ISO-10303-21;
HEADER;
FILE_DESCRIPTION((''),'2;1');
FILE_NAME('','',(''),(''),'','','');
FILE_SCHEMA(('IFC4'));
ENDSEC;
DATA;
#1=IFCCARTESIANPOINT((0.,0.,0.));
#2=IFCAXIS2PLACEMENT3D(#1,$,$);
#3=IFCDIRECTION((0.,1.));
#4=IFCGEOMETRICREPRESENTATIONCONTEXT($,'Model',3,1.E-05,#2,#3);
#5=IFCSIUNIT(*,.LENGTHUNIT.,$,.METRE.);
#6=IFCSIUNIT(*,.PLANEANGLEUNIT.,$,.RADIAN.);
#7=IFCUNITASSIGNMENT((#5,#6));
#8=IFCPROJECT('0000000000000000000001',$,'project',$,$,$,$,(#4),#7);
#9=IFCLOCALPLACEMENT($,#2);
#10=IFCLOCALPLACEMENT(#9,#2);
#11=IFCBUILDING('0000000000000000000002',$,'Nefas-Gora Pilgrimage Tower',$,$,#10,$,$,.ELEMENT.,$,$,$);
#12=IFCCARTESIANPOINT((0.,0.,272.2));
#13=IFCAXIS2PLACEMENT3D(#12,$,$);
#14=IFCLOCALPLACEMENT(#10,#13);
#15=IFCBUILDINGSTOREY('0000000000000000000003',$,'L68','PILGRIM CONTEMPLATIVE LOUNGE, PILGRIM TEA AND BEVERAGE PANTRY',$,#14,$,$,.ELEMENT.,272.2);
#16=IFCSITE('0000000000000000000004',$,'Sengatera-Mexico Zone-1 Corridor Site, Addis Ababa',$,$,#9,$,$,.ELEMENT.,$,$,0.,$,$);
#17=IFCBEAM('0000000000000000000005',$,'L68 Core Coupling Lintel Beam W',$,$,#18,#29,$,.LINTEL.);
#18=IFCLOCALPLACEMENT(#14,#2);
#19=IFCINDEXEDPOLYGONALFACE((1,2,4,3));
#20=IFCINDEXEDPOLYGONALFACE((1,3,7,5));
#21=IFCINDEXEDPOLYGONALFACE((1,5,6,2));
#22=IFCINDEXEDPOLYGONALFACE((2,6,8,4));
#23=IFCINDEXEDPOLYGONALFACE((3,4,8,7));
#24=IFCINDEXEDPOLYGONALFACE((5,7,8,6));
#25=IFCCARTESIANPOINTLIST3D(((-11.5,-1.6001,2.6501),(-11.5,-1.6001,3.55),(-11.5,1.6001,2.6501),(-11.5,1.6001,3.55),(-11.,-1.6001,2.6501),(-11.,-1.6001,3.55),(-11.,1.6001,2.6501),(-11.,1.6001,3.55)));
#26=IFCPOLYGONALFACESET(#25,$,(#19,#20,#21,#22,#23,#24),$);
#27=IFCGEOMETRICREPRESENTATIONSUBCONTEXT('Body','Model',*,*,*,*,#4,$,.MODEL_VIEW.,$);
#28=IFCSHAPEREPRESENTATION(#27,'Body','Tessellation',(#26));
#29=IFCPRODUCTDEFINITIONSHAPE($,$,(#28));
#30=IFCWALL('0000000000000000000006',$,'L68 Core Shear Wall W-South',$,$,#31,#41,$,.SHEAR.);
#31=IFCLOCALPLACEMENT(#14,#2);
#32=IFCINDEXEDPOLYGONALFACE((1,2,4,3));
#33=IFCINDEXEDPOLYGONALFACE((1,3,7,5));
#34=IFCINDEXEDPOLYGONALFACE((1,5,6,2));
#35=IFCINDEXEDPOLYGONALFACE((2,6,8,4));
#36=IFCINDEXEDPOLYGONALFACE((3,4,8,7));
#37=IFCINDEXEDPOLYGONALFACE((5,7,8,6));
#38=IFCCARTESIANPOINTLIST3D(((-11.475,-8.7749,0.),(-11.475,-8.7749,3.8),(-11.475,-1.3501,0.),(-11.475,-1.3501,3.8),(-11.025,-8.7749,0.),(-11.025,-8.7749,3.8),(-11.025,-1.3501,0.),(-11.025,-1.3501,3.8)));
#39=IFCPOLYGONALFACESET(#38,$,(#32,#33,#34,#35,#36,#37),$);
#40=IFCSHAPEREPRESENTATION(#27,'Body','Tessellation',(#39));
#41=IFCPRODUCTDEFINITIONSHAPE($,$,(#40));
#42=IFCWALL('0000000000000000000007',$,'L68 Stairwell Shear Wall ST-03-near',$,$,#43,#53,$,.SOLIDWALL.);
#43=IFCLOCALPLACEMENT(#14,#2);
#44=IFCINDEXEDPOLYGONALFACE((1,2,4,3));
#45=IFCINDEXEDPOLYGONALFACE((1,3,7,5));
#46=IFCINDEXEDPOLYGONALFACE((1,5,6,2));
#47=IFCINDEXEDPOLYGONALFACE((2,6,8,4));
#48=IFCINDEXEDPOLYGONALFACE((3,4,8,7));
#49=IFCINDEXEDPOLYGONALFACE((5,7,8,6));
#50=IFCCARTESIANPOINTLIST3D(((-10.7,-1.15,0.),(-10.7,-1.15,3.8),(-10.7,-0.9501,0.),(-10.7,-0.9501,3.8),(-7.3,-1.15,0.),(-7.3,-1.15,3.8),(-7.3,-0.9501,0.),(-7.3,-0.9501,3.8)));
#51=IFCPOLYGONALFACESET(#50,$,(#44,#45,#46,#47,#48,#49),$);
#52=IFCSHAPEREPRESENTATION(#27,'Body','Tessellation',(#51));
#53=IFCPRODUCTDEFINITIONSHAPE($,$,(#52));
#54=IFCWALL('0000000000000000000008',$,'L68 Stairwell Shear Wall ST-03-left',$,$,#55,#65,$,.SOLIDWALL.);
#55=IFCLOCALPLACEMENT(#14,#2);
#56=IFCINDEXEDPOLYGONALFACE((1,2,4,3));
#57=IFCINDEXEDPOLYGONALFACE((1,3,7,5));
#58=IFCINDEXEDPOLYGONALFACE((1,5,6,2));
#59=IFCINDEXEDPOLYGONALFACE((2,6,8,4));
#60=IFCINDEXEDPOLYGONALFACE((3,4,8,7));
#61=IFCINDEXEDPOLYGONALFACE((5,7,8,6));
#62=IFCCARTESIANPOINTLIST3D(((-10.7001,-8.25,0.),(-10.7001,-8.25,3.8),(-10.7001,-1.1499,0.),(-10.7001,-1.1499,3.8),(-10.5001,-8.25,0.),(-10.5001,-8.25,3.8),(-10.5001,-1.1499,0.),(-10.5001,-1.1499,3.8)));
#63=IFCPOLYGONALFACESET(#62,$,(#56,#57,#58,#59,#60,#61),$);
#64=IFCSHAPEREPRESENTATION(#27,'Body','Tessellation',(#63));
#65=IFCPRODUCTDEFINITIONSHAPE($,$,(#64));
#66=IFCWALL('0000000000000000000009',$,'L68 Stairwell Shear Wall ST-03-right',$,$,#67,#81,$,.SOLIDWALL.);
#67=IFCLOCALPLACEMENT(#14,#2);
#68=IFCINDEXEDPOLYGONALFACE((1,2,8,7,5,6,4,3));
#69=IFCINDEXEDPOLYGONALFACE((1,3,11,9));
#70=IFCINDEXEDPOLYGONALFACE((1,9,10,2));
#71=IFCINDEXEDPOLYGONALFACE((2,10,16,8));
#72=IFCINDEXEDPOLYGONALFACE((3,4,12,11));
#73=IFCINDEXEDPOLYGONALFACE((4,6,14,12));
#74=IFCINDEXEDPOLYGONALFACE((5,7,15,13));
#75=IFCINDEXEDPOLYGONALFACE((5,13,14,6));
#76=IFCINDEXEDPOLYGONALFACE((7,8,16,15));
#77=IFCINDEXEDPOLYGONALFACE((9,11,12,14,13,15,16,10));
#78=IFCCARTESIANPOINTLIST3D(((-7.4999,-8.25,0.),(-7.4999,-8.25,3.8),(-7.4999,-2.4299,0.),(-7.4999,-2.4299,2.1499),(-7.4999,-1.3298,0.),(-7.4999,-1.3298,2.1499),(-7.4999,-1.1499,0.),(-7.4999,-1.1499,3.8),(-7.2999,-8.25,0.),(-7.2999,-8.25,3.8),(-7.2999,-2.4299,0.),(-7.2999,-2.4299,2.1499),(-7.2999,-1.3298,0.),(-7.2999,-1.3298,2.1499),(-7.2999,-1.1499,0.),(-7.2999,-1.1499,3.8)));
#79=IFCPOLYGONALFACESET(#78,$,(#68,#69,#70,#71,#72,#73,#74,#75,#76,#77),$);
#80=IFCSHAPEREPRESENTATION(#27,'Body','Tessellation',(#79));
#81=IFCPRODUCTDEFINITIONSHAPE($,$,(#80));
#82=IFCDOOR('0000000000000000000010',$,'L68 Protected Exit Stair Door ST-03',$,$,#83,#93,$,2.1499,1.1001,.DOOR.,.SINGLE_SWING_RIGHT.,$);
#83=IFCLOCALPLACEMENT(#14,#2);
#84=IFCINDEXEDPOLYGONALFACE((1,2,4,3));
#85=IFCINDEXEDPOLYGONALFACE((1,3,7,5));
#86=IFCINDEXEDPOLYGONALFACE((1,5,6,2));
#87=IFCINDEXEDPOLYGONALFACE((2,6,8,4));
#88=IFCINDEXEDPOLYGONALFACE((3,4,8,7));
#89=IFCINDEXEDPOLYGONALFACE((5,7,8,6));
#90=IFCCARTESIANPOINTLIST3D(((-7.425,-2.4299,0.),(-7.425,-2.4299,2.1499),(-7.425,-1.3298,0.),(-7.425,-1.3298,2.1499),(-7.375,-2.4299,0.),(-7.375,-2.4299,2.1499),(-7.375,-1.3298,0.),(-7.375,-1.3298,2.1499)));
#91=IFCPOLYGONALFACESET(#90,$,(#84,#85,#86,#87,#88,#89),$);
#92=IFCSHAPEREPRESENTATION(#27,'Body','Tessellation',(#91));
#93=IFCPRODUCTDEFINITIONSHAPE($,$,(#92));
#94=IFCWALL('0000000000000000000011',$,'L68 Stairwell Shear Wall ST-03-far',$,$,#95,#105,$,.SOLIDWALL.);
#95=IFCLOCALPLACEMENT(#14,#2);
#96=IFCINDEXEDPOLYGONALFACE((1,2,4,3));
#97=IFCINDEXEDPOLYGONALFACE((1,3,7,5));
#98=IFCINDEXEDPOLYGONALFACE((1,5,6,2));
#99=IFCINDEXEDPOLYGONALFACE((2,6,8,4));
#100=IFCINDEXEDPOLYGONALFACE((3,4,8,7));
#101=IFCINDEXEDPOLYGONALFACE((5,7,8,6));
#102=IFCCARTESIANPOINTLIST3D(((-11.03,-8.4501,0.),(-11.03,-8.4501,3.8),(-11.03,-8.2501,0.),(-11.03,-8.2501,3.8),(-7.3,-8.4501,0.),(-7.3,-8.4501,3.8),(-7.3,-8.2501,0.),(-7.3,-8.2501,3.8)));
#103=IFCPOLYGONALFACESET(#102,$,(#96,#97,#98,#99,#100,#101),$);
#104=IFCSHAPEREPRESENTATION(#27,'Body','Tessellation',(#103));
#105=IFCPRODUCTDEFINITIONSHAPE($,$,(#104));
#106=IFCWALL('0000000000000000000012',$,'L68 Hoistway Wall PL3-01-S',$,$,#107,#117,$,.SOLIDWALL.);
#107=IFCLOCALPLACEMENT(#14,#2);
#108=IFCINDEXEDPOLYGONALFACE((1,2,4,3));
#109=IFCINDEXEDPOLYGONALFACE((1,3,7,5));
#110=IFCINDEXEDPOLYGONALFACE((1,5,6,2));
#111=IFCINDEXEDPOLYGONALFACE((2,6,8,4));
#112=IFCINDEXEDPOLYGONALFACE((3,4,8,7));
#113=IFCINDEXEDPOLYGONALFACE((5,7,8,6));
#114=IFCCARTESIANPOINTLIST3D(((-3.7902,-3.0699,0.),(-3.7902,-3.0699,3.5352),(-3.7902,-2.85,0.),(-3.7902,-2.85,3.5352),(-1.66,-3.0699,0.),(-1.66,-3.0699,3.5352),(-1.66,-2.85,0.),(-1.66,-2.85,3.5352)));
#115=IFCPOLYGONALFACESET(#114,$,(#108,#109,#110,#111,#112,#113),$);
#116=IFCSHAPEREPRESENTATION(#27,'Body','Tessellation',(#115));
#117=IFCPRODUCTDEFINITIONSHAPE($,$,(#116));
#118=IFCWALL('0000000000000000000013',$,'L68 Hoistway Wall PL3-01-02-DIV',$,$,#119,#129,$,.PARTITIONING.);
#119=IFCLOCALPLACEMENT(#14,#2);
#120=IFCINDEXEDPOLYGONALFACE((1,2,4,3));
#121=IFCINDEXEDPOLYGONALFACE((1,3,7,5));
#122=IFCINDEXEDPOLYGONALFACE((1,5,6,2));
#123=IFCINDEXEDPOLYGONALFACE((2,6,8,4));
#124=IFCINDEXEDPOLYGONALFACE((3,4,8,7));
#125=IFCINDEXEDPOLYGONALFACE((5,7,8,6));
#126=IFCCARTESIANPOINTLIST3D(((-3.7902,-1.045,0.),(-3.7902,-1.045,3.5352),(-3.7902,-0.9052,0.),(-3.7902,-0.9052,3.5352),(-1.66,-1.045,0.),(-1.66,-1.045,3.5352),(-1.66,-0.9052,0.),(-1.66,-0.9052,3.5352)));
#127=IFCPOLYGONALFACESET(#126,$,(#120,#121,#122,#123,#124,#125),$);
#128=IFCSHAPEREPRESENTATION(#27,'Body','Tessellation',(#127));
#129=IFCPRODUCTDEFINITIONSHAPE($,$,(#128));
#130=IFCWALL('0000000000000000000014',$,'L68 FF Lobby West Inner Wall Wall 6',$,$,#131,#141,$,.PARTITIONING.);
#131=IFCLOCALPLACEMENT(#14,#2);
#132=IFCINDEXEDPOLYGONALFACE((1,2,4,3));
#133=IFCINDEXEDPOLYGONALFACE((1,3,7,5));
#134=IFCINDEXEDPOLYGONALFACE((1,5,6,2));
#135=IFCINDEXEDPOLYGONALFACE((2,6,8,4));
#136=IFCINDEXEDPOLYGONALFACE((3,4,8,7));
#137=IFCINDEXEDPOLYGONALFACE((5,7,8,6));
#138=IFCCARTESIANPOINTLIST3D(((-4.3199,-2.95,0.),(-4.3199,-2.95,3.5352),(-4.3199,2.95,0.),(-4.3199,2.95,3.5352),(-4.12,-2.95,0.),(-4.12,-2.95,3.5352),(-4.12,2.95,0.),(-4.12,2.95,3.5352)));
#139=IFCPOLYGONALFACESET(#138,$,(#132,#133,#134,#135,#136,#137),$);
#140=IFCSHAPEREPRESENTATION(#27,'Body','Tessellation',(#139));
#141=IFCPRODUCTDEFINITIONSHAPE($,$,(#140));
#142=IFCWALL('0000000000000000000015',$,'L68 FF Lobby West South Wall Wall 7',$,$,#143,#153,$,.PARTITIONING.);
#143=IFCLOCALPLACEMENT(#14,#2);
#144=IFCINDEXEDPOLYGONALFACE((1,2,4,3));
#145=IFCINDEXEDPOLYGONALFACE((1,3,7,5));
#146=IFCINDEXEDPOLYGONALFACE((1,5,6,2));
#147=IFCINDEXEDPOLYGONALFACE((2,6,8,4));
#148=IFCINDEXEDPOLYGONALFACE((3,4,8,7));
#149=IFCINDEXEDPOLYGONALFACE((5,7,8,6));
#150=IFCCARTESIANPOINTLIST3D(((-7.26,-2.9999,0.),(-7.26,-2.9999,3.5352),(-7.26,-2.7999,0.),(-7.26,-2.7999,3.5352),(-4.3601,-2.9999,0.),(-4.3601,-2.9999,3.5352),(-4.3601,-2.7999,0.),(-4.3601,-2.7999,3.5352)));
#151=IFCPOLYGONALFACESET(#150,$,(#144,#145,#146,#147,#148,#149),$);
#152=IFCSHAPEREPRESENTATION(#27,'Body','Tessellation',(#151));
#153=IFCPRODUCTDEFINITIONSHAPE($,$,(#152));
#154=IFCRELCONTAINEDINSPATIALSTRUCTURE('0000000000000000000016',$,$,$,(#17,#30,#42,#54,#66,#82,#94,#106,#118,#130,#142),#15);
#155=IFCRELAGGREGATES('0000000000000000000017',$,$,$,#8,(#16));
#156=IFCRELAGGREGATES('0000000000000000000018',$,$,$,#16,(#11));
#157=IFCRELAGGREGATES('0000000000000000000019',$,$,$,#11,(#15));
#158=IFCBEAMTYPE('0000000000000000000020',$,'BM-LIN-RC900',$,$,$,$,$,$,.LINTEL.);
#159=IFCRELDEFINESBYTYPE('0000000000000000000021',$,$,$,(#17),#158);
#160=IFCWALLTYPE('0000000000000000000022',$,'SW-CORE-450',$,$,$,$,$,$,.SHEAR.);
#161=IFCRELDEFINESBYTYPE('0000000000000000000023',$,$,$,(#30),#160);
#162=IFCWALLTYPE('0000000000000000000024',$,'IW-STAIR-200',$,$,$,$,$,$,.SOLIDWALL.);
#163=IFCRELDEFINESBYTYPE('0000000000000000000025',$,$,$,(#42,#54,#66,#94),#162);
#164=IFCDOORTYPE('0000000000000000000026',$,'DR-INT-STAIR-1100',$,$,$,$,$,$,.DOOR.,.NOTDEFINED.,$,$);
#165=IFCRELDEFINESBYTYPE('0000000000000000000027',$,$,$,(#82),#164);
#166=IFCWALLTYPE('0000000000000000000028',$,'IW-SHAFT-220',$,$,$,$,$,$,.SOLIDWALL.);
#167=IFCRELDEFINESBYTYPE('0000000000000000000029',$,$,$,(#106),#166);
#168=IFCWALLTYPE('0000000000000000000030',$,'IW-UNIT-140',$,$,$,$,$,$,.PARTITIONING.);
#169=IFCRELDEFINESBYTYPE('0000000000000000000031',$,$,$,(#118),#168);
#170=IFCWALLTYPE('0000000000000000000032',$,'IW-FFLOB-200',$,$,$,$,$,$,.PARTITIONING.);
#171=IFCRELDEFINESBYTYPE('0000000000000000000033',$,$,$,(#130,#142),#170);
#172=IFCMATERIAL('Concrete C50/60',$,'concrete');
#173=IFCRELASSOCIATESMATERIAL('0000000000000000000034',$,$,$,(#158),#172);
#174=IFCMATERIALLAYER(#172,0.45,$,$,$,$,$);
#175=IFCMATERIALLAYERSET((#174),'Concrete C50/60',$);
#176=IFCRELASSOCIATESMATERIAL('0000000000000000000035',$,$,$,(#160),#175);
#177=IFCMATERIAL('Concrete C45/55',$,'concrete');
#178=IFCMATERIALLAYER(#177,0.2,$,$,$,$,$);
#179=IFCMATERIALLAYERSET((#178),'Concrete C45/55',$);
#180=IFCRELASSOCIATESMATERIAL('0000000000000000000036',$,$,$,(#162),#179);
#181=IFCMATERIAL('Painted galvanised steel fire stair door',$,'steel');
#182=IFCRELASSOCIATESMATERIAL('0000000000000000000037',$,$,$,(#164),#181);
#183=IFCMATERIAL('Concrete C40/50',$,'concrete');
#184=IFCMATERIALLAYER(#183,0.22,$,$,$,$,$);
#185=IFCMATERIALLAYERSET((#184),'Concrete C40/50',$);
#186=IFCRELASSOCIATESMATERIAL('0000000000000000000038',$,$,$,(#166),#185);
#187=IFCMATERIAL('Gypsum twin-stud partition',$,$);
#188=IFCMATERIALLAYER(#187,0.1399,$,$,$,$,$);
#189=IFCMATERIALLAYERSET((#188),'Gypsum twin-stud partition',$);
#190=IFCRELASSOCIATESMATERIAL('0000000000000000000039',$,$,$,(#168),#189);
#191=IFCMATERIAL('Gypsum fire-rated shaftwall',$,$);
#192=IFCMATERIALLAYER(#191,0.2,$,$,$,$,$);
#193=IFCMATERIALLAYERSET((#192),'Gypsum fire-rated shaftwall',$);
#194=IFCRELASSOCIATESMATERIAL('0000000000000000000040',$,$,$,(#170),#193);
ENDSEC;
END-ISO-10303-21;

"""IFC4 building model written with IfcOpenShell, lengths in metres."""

from ifc_helpers import new_model, si_unit, direction, frame, frame_2d, origin, origin_2d, place, context, subcontext, project, spatial, rectangle, extrude, source, transform, mapped, material, layer, layer_set, material_profile, profile_set, type_object, element, fill, save


model = new_model("IFC4")

# Units and contexts
model_context = context("Model", 3, precision=1e-05, world=origin(), true_north=direction((0.0, 1.0)))
body_context = subcontext(model_context, "Body", "Model", "MODEL_VIEW")
ifc_project = project(units=[si_unit("LENGTHUNIT", "METRE"), si_unit("PLANEANGLEUNIT", "RADIAN")], contexts=[model_context])

# Site, building, storey
site_placement = place(None, origin())
site = spatial("IfcSite", under=ifc_project, at=site_placement, Name="Sengatera-Mexico Zone-1 Corridor Site, Addis Ababa", CompositionType="ELEMENT", RefElevation=0.0)
building_placement = place(site_placement, origin())
building = spatial("IfcBuilding", under=site, at=building_placement, Name="Nefas-Gora Pilgrimage Tower", CompositionType="ELEMENT")
storey_placement = place(building_placement, frame((0.0, 0.0, 272.2)))
storey = spatial("IfcBuildingStorey", under=building, at=storey_placement, Name="L68", Description="PILGRIM CONTEMPLATIVE LOUNGE, PILGRIM TEA AND BEVERAGE PANTRY", CompositionType="ELEMENT", Elevation=272.2)

# Beam
ifc_material_1 = material(Name="Concrete C50/60", Category="concrete")
ifc_material_profile = material_profile(ifc_material_1, rectangle(XDim=0.5, YDim=0.8999, at=origin_2d()), Name="RC 500x900")
ifc_profile_set = profile_set([ifc_material_profile], Name="Concrete C50/60")
beam_type = type_object("IfcBeamType", Name="BM-LIN-RC900", PredefinedType="LINTEL", material=ifc_profile_set)
shared_shape_1 = source(origin(), body_context, "Body", "SweptSolid", [
    extrude(rectangle(XDim=0.5, YDim=0.8999, at=origin_2d()), origin(), (0.0, 0.0, 1.0), 3.2002),
])
beam_placement = place(storey_placement, frame((-11.25, -1.6001, 3.1001), z_axis=(0.0, 1.0, 0.0), x_axis=(-1.0, 0.0, 0.0)))
element("IfcBeam", 1, at=beam_placement, inside=storey, type_object=beam_type, Name="L68 Core Coupling Lintel Beam W", PredefinedType="LINTEL", context=body_context, shape_type="MappedRepresentation", body=[
    mapped(shared_shape_1, transform((0.0, 0.0, 0.0), x_axis=(1.0, 0.0, 0.0), y_axis=(0.0, 1.0, 0.0), z_axis=(0.0, 0.0, 1.0), scale=1.0)),
])

# Walls
ifc_layer_1 = layer(ifc_material_1, 0.45)
ifc_layer_set_1 = layer_set([ifc_layer_1], Name="Concrete C50/60")
wall_type_1 = type_object("IfcWallType", Name="SW-CORE-450", PredefinedType="SHEAR", material=ifc_layer_set_1)
shared_shape_2 = source(origin(), body_context, "Body", "SweptSolid", [
    extrude(rectangle(XDim=7.4248, YDim=0.45, at=frame_2d((3.7124, 0.0))), origin(), (0.0, 0.0, 1.0), 3.8),
])
wall_1_placement = place(storey_placement, frame((-11.25, -8.7749, 0.0), z_axis=(0.0, 0.0, 1.0), x_axis=(0.0, 1.0, 0.0)))
element("IfcWall", 2, at=wall_1_placement, inside=storey, type_object=wall_type_1, Name="L68 Core Shear Wall W-South", PredefinedType="SHEAR", context=body_context, shape_type="MappedRepresentation", body=[
    mapped(shared_shape_2, transform((0.0, 0.0, 0.0), x_axis=(1.0, 0.0, 0.0), y_axis=(0.0, 1.0, 0.0), z_axis=(0.0, 0.0, 1.0), scale=1.0)),
])
ifc_material_2 = material(Name="Concrete C45/55", Category="concrete")
ifc_layer_2 = layer(ifc_material_2, 0.2)
ifc_layer_set_2 = layer_set([ifc_layer_2], Name="Concrete C45/55")
wall_type_2 = type_object("IfcWallType", Name="IW-STAIR-200", PredefinedType="SOLIDWALL", material=ifc_layer_set_2)
shared_shape_3 = source(origin(), body_context, "Body", "SweptSolid", [
    extrude(rectangle(XDim=3.3999, YDim=0.2, at=frame_2d((1.7, 0.0))), origin(), (0.0, 0.0, 1.0), 3.8),
])
wall_2_placement = place(storey_placement, frame((-10.7, -1.05, 0.0), z_axis=(0.0, 0.0, 1.0), x_axis=(1.0, 0.0, 0.0)))
element("IfcWall", 3, at=wall_2_placement, inside=storey, type_object=wall_type_2, Name="L68 Stairwell Shear Wall ST-03-near", PredefinedType="SOLIDWALL", context=body_context, shape_type="MappedRepresentation", body=[
    mapped(shared_shape_3, transform((0.0, 0.0, 0.0), x_axis=(1.0, 0.0, 0.0), y_axis=(0.0, 1.0, 0.0), z_axis=(0.0, 0.0, 1.0), scale=1.0)),
])
shared_shape_4 = source(origin(), body_context, "Body", "SweptSolid", [
    extrude(rectangle(XDim=7.1001, YDim=0.2, at=frame_2d((3.55, 0.0))), origin(), (0.0, 0.0, 1.0), 3.8),
])
wall_3_placement = place(storey_placement, frame((-10.6001, -1.1499, 0.0), z_axis=(0.0, 0.0, 1.0), x_axis=(0.0, -1.0, 0.0)))
element("IfcWall", 4, at=wall_3_placement, inside=storey, type_object=wall_type_2, Name="L68 Stairwell Shear Wall ST-03-left", PredefinedType="SOLIDWALL", context=body_context, shape_type="MappedRepresentation", body=[
    mapped(shared_shape_4, transform((0.0, 0.0, 0.0), x_axis=(1.0, 0.0, 0.0), y_axis=(0.0, 1.0, 0.0), z_axis=(0.0, 0.0, 1.0), scale=1.0)),
])

# Wall, opening, door
wall_4_placement = place(storey_placement, frame((-7.3999, -1.1499, 0.0), z_axis=(0.0, 0.0, 1.0), x_axis=(0.0, -1.0, 0.0)))
wall_4 = element("IfcWall", 5, at=wall_4_placement, inside=storey, type_object=wall_type_2, Name="L68 Stairwell Shear Wall ST-03-right", PredefinedType="SOLIDWALL", context=body_context, shape_type="MappedRepresentation", body=[
    mapped(shared_shape_4, transform((0.0, 0.0, 0.0), x_axis=(1.0, 0.0, 0.0), y_axis=(0.0, 1.0, 0.0), z_axis=(0.0, 0.0, 1.0), scale=1.0)),
])
opening_placement = place(wall_4_placement, frame((0.1799, 0.0, 0.0)))
opening = element("IfcOpeningElement", 6, at=opening_placement, cuts=wall_4, PredefinedType="OPENING", context=body_context, shape_type="SweptSolid", body=[
    extrude(rectangle(XDim=1.1001, YDim=2.1499, at=frame_2d((0.55, 1.075))), frame((0.0, 0.1099, 0.0), z_axis=(0.0, -1.0, 0.0), x_axis=(1.0, 0.0, 0.0)), (0.0, 0.0, 1.0), 0.22),
])
ifc_material_3 = material(Name="Painted galvanised steel fire stair door", Category="steel")
door_type = type_object("IfcDoorType", Name="DR-INT-STAIR-1100", OperationType="NOTDEFINED", PredefinedType="DOOR", material=ifc_material_3)
shared_shape_5 = source(origin(), body_context, "Body", "SweptSolid", [
    extrude(rectangle(XDim=1.1001, YDim=2.1499, at=frame_2d((0.55, 1.075))), frame((0.0, 0.0249, 0.0), z_axis=(0.0, -1.0, 0.0), x_axis=(1.0, 0.0, 0.0)), (0.0, 0.0, 1.0), 0.05),
])
door_placement = place(opening_placement, origin())
door = element("IfcDoor", 7, at=door_placement, inside=storey, type_object=door_type, Name="L68 Protected Exit Stair Door ST-03", OperationType="SINGLE_SWING_RIGHT", OverallHeight=2.1499, OverallWidth=1.1001, PredefinedType="DOOR", context=body_context, shape_type="MappedRepresentation", body=[
    mapped(shared_shape_5, transform((0.0, 0.0, 0.0), x_axis=(1.0, 0.0, 0.0), y_axis=(0.0, 1.0, 0.0), z_axis=(0.0, 0.0, 1.0), scale=1.0)),
])
fill(opening, door)

# Walls
shared_shape_6 = source(origin(), body_context, "Body", "SweptSolid", [
    extrude(rectangle(XDim=3.73, YDim=0.2, at=frame_2d((1.865, 0.0))), origin(), (0.0, 0.0, 1.0), 3.8),
])
wall_5_placement = place(storey_placement, frame((-11.03, -8.3501, 0.0), z_axis=(0.0, 0.0, 1.0), x_axis=(1.0, 0.0, 0.0)))
element("IfcWall", 8, at=wall_5_placement, inside=storey, type_object=wall_type_2, Name="L68 Stairwell Shear Wall ST-03-far", PredefinedType="SOLIDWALL", context=body_context, shape_type="MappedRepresentation", body=[
    mapped(shared_shape_6, transform((0.0, 0.0, 0.0), x_axis=(1.0, 0.0, 0.0), y_axis=(0.0, 1.0, 0.0), z_axis=(0.0, 0.0, 1.0), scale=1.0)),
])
ifc_material_4 = material(Name="Concrete C40/50", Category="concrete")
ifc_layer_3 = layer(ifc_material_4, 0.22)
ifc_layer_set_3 = layer_set([ifc_layer_3], Name="Concrete C40/50")
wall_type_3 = type_object("IfcWallType", Name="IW-SHAFT-220", PredefinedType="SOLIDWALL", material=ifc_layer_set_3)
shared_shape_7 = source(origin(), body_context, "Body", "SweptSolid", [
    extrude(rectangle(XDim=2.1301, YDim=0.22, at=frame_2d((1.0649, 0.0))), origin(), (0.0, 0.0, 1.0), 3.5352),
])
wall_6_placement = place(storey_placement, frame((-3.79, -2.96, 0.0), z_axis=(0.0, 0.0, 1.0), x_axis=(1.0, 0.0, 0.0)))
element("IfcWall", 9, at=wall_6_placement, inside=storey, type_object=wall_type_3, Name="L68 Hoistway Wall PL3-01-S", PredefinedType="SOLIDWALL", context=body_context, shape_type="MappedRepresentation", body=[
    mapped(shared_shape_7, transform((0.0, 0.0, 0.0), x_axis=(1.0, 0.0, 0.0), y_axis=(0.0, 1.0, 0.0), z_axis=(0.0, 0.0, 1.0), scale=1.0)),
])
ifc_material_5 = material(Name="Gypsum twin-stud partition")
ifc_layer_4 = layer(ifc_material_5, 0.1399)
ifc_layer_set_4 = layer_set([ifc_layer_4], Name="Gypsum twin-stud partition")
wall_type_4 = type_object("IfcWallType", Name="IW-UNIT-140", PredefinedType="PARTITIONING", material=ifc_layer_set_4)
shared_shape_8 = source(origin(), body_context, "Body", "SweptSolid", [
    extrude(rectangle(XDim=2.1301, YDim=0.1399, at=frame_2d((1.0649, 0.0))), origin(), (0.0, 0.0, 1.0), 3.5352),
])
wall_7_placement = place(storey_placement, frame((-3.79, -0.9751, 0.0), z_axis=(0.0, 0.0, 1.0), x_axis=(1.0, 0.0, 0.0)))
element("IfcWall", 10, at=wall_7_placement, inside=storey, type_object=wall_type_4, Name="L68 Hoistway Wall PL3-01-02-DIV", PredefinedType="PARTITIONING", context=body_context, shape_type="MappedRepresentation", body=[
    mapped(shared_shape_8, transform((0.0, 0.0, 0.0), x_axis=(1.0, 0.0, 0.0), y_axis=(0.0, 1.0, 0.0), z_axis=(0.0, 0.0, 1.0), scale=1.0)),
])
ifc_material_6 = material(Name="Gypsum fire-rated shaftwall")
ifc_layer_5 = layer(ifc_material_6, 0.2)
ifc_layer_set_5 = layer_set([ifc_layer_5], Name="Gypsum fire-rated shaftwall")
wall_type_5 = type_object("IfcWallType", Name="IW-FFLOB-200", PredefinedType="PARTITIONING", material=ifc_layer_set_5)
shared_shape_9 = source(origin(), body_context, "Body", "SweptSolid", [
    extrude(rectangle(XDim=5.8999, YDim=0.2, at=frame_2d((2.95, 0.0))), origin(), (0.0, 0.0, 1.0), 3.5352),
])
wall_8_placement = place(storey_placement, frame((-4.22, -2.95, 0.0), z_axis=(0.0, 0.0, 1.0), x_axis=(0.0, 1.0, 0.0)))
element("IfcWall", 11, at=wall_8_placement, inside=storey, type_object=wall_type_5, Name="L68 FF Lobby West Inner Wall Wall 6", PredefinedType="PARTITIONING", context=body_context, shape_type="MappedRepresentation", body=[
    mapped(shared_shape_9, transform((0.0, 0.0, 0.0), x_axis=(1.0, 0.0, 0.0), y_axis=(0.0, 1.0, 0.0), z_axis=(0.0, 0.0, 1.0), scale=1.0)),
])
shared_shape_10 = source(origin(), body_context, "Body", "SweptSolid", [
    extrude(rectangle(XDim=2.8999, YDim=0.2, at=frame_2d((1.45, 0.0))), origin(), (0.0, 0.0, 1.0), 3.5352),
])
wall_9_placement = place(storey_placement, frame((-7.26, -2.8999, 0.0), z_axis=(0.0, 0.0, 1.0), x_axis=(1.0, 0.0, 0.0)))
element("IfcWall", 12, at=wall_9_placement, inside=storey, type_object=wall_type_5, Name="L68 FF Lobby West South Wall Wall 7", PredefinedType="PARTITIONING", context=body_context, shape_type="MappedRepresentation", body=[
    mapped(shared_shape_10, transform((0.0, 0.0, 0.0), x_axis=(1.0, 0.0, 0.0), y_axis=(0.0, 1.0, 0.0), z_axis=(0.0, 0.0, 1.0), scale=1.0)),
])

save(model, "model.ifc")
